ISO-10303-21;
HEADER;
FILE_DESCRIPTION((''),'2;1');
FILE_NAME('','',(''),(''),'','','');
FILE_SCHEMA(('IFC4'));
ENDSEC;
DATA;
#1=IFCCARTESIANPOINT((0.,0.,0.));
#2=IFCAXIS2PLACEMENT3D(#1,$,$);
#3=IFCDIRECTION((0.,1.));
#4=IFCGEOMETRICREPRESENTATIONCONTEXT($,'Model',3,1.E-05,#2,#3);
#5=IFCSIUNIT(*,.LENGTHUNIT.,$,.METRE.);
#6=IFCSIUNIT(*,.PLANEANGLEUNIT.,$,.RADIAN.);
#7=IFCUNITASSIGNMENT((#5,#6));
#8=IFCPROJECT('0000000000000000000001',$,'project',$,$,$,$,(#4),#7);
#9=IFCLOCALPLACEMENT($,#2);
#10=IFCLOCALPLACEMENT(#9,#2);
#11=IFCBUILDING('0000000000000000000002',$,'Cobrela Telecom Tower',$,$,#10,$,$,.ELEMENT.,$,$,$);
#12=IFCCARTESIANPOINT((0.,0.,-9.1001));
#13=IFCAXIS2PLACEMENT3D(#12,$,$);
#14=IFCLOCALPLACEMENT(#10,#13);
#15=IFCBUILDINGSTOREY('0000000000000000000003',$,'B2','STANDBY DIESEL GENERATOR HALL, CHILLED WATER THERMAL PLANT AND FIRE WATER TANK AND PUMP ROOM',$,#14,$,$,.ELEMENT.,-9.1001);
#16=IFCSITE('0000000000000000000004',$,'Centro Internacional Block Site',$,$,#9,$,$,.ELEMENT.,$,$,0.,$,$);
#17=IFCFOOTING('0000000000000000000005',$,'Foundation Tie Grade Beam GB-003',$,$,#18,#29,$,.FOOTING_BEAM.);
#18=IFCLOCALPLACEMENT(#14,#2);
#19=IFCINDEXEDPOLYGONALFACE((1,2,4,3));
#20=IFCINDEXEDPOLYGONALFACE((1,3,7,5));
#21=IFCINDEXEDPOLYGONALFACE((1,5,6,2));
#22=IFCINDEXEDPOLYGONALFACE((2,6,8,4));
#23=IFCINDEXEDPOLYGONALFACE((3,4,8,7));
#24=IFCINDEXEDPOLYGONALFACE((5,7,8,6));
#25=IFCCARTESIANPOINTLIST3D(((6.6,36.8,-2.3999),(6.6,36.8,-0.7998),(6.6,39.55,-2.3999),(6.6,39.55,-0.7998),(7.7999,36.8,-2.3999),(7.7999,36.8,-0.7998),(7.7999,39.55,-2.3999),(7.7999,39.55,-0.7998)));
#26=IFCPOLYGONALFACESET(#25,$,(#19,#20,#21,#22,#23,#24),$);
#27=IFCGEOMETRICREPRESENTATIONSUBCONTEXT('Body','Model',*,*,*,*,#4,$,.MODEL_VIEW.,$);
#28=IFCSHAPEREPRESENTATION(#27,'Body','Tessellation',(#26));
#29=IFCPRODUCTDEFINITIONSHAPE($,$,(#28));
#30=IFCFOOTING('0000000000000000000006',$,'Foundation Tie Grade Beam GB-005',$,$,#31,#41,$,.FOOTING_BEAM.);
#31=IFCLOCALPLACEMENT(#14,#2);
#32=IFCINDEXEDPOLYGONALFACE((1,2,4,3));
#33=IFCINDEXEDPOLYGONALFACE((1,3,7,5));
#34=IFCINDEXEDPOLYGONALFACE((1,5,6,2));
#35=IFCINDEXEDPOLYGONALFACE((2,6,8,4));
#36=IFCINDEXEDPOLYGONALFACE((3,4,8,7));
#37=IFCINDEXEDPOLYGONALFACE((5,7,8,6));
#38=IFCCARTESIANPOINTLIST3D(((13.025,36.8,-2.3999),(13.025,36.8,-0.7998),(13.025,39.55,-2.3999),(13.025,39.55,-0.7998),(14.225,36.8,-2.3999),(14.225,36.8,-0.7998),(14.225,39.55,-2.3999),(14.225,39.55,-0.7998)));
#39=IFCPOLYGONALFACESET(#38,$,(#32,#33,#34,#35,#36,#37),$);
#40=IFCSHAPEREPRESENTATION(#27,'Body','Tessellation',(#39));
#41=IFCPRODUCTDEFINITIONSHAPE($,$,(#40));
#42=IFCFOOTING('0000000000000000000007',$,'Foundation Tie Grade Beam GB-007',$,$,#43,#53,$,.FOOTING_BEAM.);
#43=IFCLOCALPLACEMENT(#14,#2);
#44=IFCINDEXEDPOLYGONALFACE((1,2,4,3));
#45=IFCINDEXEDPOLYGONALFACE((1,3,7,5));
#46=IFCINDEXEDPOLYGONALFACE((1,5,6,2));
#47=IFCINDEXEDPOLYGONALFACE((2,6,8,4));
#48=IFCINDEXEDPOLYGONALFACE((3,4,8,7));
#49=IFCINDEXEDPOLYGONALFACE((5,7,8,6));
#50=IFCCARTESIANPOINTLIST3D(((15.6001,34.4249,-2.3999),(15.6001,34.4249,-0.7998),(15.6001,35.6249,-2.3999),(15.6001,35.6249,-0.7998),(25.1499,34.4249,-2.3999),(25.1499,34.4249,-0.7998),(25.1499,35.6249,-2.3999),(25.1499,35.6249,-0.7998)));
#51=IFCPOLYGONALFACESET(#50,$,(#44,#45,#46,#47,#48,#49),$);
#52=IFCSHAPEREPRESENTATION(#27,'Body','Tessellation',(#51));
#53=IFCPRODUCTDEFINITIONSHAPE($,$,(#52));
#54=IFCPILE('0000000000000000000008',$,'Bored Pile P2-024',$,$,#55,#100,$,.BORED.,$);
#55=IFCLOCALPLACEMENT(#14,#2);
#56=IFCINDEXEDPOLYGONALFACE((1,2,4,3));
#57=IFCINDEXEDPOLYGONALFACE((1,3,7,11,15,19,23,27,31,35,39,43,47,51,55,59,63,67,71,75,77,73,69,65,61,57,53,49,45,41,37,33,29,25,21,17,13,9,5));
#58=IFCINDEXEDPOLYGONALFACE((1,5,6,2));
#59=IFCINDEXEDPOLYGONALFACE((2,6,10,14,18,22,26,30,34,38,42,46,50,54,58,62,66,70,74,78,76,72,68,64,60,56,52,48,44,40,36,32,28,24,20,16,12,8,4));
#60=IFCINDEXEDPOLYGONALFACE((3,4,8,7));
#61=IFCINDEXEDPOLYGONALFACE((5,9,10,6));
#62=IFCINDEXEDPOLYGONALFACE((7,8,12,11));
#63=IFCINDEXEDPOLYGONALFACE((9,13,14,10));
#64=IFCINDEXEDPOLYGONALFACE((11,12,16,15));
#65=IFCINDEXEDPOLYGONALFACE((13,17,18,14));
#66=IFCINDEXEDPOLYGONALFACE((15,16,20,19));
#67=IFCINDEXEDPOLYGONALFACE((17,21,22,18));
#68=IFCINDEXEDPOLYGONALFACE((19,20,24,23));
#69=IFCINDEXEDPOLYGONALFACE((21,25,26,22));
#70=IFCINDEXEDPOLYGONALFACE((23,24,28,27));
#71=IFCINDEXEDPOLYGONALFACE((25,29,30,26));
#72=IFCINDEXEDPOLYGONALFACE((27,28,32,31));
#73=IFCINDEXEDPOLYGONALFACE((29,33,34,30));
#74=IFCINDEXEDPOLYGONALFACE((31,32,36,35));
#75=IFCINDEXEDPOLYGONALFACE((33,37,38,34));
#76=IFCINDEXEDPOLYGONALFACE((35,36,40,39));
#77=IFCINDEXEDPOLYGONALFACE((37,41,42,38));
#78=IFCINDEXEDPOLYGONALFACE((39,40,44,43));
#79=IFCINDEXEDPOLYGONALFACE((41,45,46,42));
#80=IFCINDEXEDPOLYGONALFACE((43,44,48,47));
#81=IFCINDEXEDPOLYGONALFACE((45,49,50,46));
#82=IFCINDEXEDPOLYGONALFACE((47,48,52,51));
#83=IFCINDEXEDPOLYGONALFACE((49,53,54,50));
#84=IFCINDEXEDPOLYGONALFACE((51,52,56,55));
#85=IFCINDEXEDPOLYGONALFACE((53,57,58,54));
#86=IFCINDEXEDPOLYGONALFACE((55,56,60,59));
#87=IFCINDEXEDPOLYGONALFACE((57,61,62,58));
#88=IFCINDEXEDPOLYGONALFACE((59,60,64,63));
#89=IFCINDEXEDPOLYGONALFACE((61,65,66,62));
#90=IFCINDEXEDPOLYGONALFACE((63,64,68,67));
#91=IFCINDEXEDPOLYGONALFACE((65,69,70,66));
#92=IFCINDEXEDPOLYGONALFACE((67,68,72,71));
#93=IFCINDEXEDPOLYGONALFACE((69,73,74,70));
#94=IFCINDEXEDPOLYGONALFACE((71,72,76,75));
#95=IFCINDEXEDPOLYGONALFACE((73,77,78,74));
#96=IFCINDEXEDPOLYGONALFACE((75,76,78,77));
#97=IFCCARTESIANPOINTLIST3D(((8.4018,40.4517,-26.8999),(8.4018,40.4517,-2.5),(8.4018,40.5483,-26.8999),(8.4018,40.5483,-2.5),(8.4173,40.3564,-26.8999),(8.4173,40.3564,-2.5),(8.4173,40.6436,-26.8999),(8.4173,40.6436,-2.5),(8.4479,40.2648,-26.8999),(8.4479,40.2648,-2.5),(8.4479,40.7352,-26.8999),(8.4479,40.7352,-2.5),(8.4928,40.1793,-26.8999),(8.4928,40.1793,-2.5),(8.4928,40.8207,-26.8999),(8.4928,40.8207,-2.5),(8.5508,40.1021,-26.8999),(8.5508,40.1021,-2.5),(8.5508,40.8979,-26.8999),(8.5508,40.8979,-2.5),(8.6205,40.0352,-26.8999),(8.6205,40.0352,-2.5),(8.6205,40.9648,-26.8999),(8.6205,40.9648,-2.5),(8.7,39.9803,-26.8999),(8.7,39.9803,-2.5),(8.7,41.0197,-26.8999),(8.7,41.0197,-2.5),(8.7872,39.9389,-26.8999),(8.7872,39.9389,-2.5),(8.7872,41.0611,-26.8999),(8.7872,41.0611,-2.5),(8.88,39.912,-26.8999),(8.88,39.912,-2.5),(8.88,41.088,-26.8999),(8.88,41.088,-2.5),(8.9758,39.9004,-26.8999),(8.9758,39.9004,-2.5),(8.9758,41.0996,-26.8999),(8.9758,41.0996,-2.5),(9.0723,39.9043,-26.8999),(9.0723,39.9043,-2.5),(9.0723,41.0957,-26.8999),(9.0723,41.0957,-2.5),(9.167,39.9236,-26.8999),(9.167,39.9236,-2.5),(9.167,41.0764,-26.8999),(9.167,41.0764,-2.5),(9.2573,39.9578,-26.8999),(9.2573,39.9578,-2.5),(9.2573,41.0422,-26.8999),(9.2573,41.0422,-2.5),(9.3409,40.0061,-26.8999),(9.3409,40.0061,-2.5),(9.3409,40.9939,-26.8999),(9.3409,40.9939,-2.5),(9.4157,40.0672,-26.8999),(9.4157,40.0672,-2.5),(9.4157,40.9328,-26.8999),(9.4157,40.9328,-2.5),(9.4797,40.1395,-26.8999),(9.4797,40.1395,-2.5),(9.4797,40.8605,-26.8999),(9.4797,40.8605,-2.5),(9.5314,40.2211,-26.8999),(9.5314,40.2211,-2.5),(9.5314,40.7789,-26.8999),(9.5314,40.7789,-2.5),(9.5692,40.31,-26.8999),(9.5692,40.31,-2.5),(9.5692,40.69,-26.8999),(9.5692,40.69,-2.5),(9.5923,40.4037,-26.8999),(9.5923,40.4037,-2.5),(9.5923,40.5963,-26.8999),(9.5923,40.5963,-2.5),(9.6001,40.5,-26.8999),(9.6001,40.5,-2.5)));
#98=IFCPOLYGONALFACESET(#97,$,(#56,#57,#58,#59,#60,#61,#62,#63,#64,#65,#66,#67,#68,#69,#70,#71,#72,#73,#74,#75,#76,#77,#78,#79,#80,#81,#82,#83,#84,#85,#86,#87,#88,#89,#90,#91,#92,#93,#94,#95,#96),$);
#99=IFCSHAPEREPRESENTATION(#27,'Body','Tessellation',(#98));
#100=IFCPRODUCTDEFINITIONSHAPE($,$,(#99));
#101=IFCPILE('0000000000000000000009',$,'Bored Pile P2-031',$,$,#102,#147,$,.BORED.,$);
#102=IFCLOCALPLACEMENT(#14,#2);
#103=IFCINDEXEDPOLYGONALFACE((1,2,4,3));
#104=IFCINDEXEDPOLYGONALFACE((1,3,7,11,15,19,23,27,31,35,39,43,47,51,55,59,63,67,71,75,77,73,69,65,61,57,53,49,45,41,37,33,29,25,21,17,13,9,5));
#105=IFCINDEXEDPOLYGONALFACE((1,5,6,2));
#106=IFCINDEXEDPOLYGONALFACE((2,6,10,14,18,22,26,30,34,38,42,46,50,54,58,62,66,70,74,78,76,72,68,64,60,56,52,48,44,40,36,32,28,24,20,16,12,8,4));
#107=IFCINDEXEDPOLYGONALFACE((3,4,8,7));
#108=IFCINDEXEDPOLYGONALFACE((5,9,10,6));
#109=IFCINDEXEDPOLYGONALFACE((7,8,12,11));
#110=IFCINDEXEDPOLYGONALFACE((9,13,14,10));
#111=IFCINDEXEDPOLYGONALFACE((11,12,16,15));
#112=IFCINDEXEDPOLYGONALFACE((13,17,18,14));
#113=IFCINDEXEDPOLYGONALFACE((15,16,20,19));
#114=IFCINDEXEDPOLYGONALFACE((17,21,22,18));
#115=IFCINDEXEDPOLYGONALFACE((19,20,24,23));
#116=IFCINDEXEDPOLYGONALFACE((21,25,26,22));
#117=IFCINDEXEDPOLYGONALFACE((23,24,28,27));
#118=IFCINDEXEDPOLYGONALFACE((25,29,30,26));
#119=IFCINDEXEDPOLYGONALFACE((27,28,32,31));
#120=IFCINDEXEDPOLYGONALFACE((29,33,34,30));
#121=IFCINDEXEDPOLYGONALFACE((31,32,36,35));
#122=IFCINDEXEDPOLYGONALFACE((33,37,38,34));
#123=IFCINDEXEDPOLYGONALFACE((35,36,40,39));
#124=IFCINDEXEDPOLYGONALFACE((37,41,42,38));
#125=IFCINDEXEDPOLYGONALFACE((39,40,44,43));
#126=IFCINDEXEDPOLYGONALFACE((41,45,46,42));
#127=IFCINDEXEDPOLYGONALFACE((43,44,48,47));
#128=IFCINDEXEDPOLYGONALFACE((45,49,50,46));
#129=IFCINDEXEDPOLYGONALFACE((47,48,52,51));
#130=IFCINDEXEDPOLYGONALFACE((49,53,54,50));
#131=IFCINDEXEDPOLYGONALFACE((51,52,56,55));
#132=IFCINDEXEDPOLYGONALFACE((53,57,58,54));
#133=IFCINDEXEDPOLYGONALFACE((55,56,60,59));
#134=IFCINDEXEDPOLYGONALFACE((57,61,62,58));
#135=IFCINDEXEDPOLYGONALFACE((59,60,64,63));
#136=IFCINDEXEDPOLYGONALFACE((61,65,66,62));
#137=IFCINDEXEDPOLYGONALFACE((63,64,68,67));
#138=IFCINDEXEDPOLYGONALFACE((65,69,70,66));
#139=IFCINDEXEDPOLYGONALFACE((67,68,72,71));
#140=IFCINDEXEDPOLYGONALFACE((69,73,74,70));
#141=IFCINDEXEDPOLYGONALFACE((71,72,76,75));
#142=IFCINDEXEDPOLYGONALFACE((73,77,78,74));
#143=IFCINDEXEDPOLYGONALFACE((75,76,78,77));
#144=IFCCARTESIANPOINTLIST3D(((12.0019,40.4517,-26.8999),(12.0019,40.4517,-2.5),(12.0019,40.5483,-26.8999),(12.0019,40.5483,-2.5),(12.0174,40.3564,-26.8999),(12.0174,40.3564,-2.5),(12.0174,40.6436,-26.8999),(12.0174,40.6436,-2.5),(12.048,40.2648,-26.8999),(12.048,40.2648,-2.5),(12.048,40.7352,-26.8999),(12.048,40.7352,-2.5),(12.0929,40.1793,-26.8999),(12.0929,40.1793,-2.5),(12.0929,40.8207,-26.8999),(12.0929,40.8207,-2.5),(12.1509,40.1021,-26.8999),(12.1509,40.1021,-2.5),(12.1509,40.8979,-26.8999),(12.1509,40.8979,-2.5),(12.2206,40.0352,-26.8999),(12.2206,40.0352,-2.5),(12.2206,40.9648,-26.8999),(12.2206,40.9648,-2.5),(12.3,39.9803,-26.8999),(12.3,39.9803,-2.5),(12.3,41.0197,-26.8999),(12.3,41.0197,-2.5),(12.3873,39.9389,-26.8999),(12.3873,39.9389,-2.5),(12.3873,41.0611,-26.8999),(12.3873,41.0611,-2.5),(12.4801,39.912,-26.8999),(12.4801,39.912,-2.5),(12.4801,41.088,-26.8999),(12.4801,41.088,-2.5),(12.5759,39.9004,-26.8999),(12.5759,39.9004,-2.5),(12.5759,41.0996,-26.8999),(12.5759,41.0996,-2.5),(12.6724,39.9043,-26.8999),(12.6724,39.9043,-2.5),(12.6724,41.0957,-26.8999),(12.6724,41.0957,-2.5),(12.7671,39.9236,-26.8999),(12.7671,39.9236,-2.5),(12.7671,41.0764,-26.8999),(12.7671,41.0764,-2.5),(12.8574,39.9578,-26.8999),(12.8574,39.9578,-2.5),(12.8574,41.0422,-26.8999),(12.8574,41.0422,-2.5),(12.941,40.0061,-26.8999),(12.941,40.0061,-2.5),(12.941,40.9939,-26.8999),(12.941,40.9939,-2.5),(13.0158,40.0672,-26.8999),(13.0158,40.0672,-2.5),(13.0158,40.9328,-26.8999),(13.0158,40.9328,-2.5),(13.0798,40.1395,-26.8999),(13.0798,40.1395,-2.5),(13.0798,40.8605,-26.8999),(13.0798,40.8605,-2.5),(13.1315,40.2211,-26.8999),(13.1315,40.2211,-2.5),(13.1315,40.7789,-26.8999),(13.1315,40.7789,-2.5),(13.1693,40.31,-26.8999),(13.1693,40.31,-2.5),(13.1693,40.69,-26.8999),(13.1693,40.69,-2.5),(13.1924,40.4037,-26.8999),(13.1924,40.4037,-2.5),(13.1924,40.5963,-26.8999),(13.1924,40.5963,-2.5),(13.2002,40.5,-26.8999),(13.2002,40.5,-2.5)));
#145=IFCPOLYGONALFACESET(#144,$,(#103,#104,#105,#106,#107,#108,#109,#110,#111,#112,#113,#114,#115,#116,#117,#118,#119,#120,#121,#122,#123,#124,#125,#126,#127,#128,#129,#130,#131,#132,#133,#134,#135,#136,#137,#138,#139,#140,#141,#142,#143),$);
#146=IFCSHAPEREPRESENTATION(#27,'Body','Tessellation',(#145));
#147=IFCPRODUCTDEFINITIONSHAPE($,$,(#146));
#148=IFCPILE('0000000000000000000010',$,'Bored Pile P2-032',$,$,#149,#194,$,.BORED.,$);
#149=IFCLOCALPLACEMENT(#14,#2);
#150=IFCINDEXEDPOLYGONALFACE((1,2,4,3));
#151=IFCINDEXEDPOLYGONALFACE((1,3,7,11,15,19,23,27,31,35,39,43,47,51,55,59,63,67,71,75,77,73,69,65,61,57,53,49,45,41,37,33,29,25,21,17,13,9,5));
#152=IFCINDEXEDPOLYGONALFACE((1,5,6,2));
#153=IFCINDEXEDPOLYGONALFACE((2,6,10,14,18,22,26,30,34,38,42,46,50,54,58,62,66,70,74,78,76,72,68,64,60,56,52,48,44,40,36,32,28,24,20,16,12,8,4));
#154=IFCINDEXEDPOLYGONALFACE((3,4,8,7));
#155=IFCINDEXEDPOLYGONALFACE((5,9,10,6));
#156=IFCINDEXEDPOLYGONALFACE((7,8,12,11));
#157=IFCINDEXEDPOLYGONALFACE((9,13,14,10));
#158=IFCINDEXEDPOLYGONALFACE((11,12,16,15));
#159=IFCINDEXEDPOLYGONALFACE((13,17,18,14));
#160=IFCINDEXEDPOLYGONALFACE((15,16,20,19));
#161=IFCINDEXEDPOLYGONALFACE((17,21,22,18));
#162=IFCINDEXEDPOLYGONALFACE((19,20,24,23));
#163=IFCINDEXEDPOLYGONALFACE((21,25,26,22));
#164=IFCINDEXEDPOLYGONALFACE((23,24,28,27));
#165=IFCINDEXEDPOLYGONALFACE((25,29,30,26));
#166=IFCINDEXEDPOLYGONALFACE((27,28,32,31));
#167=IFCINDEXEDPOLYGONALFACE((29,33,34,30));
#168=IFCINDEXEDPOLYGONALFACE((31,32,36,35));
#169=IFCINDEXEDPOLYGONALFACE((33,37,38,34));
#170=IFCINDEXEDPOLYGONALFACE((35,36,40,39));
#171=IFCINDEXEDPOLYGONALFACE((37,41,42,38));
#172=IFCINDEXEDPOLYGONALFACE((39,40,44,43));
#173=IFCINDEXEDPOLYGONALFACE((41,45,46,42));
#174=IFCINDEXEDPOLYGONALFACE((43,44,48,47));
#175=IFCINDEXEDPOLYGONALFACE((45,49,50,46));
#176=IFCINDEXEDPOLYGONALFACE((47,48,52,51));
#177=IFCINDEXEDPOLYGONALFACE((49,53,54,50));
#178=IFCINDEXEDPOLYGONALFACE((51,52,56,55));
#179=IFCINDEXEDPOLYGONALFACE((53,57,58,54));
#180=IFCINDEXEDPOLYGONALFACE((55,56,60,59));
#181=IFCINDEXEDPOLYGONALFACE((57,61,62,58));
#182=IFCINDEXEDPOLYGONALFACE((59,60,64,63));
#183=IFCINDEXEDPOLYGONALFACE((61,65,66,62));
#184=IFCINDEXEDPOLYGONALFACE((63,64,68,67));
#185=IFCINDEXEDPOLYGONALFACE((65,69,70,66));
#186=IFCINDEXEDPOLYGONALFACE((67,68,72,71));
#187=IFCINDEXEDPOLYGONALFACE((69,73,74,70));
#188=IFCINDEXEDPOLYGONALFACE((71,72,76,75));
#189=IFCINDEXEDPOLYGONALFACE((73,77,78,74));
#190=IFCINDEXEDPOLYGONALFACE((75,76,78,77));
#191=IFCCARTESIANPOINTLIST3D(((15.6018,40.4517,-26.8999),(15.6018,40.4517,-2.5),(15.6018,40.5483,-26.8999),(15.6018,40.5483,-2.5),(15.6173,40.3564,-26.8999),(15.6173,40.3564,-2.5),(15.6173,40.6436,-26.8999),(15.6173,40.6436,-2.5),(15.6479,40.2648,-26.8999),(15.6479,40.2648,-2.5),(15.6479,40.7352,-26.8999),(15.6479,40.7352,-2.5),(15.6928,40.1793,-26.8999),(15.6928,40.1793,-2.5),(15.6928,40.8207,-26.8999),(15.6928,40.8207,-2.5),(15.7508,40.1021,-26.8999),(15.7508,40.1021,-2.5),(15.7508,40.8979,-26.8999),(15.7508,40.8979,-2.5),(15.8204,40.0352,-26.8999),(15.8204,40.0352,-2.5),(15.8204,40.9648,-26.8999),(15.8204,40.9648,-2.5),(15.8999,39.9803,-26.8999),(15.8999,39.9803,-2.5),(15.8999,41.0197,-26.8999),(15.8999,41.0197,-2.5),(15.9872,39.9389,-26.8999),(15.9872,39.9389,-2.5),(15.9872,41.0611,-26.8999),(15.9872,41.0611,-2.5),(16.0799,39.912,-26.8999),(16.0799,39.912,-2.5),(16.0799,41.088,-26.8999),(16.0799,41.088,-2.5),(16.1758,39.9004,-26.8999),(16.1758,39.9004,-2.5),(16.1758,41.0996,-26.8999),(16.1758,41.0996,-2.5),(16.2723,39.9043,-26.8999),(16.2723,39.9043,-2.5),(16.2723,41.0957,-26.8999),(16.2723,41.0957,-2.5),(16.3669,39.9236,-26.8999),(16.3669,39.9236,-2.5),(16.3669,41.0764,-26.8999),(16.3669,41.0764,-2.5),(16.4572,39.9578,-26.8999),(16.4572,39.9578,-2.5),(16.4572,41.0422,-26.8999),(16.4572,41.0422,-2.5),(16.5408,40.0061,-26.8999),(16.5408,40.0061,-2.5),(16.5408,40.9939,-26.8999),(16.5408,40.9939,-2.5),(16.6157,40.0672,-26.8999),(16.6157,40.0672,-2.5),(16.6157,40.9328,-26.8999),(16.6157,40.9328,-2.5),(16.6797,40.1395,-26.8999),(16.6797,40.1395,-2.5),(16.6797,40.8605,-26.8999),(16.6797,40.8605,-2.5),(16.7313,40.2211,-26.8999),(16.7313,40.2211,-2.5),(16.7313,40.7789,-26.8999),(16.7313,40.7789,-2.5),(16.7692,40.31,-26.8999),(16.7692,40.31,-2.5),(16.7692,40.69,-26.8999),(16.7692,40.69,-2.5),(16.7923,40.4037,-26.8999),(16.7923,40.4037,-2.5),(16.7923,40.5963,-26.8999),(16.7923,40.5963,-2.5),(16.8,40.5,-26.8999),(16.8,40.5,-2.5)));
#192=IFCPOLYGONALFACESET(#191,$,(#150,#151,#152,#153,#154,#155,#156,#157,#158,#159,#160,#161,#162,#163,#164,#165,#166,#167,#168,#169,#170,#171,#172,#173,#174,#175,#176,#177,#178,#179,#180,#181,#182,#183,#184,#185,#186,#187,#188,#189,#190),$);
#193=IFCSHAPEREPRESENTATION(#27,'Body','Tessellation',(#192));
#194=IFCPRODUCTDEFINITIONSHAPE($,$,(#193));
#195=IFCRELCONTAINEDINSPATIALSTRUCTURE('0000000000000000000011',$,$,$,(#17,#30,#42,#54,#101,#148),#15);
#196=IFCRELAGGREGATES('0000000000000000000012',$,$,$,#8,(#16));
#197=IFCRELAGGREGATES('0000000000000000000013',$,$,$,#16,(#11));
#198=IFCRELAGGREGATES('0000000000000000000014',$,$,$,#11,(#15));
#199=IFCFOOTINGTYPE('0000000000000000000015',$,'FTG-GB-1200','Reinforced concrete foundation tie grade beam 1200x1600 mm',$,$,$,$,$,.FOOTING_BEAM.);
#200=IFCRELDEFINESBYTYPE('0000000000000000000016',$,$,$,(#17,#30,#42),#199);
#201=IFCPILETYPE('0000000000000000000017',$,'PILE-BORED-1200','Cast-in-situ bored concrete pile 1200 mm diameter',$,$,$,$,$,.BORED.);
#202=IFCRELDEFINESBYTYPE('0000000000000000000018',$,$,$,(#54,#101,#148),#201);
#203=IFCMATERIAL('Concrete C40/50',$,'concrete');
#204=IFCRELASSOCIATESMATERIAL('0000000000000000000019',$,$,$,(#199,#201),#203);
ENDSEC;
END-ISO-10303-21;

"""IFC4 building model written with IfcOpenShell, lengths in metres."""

from ifc_helpers import new_model, si_unit, direction, frame, origin, origin_2d, place, context, subcontext, project, spatial, rectangle, circle, extrude, material, material_profile, profile_set, type_object, element, save


model = new_model("IFC4")

# Units and contexts
model_context = context("Model", 3, precision=1e-05, world=origin(), true_north=direction((0.0, 1.0)))
body_context = subcontext(model_context, "Body", "Model", "MODEL_VIEW")
ifc_project = project(units=[si_unit("LENGTHUNIT", "METRE"), si_unit("PLANEANGLEUNIT", "RADIAN")], contexts=[model_context])

# Site, building, storey
site_placement = place(None, origin())
site = spatial("IfcSite", under=ifc_project, at=site_placement, Name="Centro Internacional Block Site", CompositionType="ELEMENT", RefElevation=0.0)
building_placement = place(site_placement, origin())
building = spatial("IfcBuilding", under=site, at=building_placement, Name="Cobrela Telecom Tower", CompositionType="ELEMENT")
storey_placement = place(building_placement, frame((0.0, 0.0, -9.1001)))
storey = spatial("IfcBuildingStorey", under=building, at=storey_placement, Name="B2", Description="STANDBY DIESEL GENERATOR HALL, CHILLED WATER THERMAL PLANT AND FIRE WATER TANK AND PUMP ROOM", CompositionType="ELEMENT", Elevation=-9.1001)

# Footings
ifc_material_1 = material(Name="Concrete C40/50", Category="concrete")
ifc_material_profile_1 = material_profile(ifc_material_1, rectangle(XDim=1.2, YDim=1.6001, at=origin_2d()), Name="GB 1200x1600")
ifc_profile_set_1 = profile_set([ifc_material_profile_1], Name="Concrete C40/50")
footing_type = type_object("IfcFootingType", Name="FTG-GB-1200", Description="Reinforced concrete foundation tie grade beam 1200x1600 mm", PredefinedType="FOOTING_BEAM", material=ifc_profile_set_1)
for number, where, z_axis, x_axis, name in (
    (1, (7.2, 36.8, -1.5999), (0.0, 1.0, 0.0), (-1.0, 0.0, 0.0), "Foundation Tie Grade Beam GB-003"),
    (2, (13.625, 36.8, -1.5999), (0.0, 1.0, 0.0), (-1.0, 0.0, 0.0), "Foundation Tie Grade Beam GB-005"),
):
    element("IfcFooting", number, at=place(storey_placement, frame(where, z_axis=z_axis, x_axis=x_axis)), inside=storey, type_object=footing_type, Name=name, PredefinedType="FOOTING_BEAM", context=body_context, shape_type="SweptSolid", body=[
        extrude(rectangle(XDim=1.2, YDim=1.6001, at=origin_2d()), origin(), (0.0, 0.0, 1.0), 2.75),
    ])
footing_placement = place(storey_placement, frame((15.6001, 35.0249, -1.5999), z_axis=(1.0, 0.0, 0.0), x_axis=(0.0, 1.0, 0.0)))
element("IfcFooting", 3, at=footing_placement, inside=storey, type_object=footing_type, Name="Foundation Tie Grade Beam GB-007", PredefinedType="FOOTING_BEAM", context=body_context, shape_type="SweptSolid", body=[
    extrude(rectangle(XDim=1.2, YDim=1.6001, at=origin_2d()), origin(), (0.0, 0.0, 1.0), 9.5498),
])

# Piles
ifc_material_profile_2 = material_profile(ifc_material_1, circle(Radius=0.6001, at=origin_2d()), Name="BORED PILE D1200")
ifc_profile_set_2 = profile_set([ifc_material_profile_2], Name="Concrete C40/50")
pile_type_1 = type_object("IfcPileType", Name="PILE-BORED-1200", Description="Cast-in-situ bored concrete pile 1200 mm diameter", PredefinedType="BORED", material=ifc_profile_set_2)
for number, where, z_axis, x_axis, name in (
    (4, (9.0, 40.5, -2.5), (0.0, 0.0, -1.0), (1.0, 0.0, 0.0), "Bored Pile P2-024"),
    (5, (12.6001, 40.5, -2.5), (0.0, 0.0, -1.0), (1.0, 0.0, 0.0), "Bored Pile P2-031"),
    (6, (16.2, 40.5, -2.5), (0.0, 0.0, -1.0), (1.0, 0.0, 0.0), "Bored Pile P2-032"),
):
    element("IfcPile", number, at=place(storey_placement, frame(where, z_axis=z_axis, x_axis=x_axis)), inside=storey, type_object=pile_type_1, Name=name, PredefinedType="BORED", context=body_context, shape_type="SweptSolid", body=[
        extrude(circle(Radius=0.6001, at=origin_2d()), origin(), (0.0, 0.0, 1.0), 24.3999),
    ])

save(model, "model.ifc")
